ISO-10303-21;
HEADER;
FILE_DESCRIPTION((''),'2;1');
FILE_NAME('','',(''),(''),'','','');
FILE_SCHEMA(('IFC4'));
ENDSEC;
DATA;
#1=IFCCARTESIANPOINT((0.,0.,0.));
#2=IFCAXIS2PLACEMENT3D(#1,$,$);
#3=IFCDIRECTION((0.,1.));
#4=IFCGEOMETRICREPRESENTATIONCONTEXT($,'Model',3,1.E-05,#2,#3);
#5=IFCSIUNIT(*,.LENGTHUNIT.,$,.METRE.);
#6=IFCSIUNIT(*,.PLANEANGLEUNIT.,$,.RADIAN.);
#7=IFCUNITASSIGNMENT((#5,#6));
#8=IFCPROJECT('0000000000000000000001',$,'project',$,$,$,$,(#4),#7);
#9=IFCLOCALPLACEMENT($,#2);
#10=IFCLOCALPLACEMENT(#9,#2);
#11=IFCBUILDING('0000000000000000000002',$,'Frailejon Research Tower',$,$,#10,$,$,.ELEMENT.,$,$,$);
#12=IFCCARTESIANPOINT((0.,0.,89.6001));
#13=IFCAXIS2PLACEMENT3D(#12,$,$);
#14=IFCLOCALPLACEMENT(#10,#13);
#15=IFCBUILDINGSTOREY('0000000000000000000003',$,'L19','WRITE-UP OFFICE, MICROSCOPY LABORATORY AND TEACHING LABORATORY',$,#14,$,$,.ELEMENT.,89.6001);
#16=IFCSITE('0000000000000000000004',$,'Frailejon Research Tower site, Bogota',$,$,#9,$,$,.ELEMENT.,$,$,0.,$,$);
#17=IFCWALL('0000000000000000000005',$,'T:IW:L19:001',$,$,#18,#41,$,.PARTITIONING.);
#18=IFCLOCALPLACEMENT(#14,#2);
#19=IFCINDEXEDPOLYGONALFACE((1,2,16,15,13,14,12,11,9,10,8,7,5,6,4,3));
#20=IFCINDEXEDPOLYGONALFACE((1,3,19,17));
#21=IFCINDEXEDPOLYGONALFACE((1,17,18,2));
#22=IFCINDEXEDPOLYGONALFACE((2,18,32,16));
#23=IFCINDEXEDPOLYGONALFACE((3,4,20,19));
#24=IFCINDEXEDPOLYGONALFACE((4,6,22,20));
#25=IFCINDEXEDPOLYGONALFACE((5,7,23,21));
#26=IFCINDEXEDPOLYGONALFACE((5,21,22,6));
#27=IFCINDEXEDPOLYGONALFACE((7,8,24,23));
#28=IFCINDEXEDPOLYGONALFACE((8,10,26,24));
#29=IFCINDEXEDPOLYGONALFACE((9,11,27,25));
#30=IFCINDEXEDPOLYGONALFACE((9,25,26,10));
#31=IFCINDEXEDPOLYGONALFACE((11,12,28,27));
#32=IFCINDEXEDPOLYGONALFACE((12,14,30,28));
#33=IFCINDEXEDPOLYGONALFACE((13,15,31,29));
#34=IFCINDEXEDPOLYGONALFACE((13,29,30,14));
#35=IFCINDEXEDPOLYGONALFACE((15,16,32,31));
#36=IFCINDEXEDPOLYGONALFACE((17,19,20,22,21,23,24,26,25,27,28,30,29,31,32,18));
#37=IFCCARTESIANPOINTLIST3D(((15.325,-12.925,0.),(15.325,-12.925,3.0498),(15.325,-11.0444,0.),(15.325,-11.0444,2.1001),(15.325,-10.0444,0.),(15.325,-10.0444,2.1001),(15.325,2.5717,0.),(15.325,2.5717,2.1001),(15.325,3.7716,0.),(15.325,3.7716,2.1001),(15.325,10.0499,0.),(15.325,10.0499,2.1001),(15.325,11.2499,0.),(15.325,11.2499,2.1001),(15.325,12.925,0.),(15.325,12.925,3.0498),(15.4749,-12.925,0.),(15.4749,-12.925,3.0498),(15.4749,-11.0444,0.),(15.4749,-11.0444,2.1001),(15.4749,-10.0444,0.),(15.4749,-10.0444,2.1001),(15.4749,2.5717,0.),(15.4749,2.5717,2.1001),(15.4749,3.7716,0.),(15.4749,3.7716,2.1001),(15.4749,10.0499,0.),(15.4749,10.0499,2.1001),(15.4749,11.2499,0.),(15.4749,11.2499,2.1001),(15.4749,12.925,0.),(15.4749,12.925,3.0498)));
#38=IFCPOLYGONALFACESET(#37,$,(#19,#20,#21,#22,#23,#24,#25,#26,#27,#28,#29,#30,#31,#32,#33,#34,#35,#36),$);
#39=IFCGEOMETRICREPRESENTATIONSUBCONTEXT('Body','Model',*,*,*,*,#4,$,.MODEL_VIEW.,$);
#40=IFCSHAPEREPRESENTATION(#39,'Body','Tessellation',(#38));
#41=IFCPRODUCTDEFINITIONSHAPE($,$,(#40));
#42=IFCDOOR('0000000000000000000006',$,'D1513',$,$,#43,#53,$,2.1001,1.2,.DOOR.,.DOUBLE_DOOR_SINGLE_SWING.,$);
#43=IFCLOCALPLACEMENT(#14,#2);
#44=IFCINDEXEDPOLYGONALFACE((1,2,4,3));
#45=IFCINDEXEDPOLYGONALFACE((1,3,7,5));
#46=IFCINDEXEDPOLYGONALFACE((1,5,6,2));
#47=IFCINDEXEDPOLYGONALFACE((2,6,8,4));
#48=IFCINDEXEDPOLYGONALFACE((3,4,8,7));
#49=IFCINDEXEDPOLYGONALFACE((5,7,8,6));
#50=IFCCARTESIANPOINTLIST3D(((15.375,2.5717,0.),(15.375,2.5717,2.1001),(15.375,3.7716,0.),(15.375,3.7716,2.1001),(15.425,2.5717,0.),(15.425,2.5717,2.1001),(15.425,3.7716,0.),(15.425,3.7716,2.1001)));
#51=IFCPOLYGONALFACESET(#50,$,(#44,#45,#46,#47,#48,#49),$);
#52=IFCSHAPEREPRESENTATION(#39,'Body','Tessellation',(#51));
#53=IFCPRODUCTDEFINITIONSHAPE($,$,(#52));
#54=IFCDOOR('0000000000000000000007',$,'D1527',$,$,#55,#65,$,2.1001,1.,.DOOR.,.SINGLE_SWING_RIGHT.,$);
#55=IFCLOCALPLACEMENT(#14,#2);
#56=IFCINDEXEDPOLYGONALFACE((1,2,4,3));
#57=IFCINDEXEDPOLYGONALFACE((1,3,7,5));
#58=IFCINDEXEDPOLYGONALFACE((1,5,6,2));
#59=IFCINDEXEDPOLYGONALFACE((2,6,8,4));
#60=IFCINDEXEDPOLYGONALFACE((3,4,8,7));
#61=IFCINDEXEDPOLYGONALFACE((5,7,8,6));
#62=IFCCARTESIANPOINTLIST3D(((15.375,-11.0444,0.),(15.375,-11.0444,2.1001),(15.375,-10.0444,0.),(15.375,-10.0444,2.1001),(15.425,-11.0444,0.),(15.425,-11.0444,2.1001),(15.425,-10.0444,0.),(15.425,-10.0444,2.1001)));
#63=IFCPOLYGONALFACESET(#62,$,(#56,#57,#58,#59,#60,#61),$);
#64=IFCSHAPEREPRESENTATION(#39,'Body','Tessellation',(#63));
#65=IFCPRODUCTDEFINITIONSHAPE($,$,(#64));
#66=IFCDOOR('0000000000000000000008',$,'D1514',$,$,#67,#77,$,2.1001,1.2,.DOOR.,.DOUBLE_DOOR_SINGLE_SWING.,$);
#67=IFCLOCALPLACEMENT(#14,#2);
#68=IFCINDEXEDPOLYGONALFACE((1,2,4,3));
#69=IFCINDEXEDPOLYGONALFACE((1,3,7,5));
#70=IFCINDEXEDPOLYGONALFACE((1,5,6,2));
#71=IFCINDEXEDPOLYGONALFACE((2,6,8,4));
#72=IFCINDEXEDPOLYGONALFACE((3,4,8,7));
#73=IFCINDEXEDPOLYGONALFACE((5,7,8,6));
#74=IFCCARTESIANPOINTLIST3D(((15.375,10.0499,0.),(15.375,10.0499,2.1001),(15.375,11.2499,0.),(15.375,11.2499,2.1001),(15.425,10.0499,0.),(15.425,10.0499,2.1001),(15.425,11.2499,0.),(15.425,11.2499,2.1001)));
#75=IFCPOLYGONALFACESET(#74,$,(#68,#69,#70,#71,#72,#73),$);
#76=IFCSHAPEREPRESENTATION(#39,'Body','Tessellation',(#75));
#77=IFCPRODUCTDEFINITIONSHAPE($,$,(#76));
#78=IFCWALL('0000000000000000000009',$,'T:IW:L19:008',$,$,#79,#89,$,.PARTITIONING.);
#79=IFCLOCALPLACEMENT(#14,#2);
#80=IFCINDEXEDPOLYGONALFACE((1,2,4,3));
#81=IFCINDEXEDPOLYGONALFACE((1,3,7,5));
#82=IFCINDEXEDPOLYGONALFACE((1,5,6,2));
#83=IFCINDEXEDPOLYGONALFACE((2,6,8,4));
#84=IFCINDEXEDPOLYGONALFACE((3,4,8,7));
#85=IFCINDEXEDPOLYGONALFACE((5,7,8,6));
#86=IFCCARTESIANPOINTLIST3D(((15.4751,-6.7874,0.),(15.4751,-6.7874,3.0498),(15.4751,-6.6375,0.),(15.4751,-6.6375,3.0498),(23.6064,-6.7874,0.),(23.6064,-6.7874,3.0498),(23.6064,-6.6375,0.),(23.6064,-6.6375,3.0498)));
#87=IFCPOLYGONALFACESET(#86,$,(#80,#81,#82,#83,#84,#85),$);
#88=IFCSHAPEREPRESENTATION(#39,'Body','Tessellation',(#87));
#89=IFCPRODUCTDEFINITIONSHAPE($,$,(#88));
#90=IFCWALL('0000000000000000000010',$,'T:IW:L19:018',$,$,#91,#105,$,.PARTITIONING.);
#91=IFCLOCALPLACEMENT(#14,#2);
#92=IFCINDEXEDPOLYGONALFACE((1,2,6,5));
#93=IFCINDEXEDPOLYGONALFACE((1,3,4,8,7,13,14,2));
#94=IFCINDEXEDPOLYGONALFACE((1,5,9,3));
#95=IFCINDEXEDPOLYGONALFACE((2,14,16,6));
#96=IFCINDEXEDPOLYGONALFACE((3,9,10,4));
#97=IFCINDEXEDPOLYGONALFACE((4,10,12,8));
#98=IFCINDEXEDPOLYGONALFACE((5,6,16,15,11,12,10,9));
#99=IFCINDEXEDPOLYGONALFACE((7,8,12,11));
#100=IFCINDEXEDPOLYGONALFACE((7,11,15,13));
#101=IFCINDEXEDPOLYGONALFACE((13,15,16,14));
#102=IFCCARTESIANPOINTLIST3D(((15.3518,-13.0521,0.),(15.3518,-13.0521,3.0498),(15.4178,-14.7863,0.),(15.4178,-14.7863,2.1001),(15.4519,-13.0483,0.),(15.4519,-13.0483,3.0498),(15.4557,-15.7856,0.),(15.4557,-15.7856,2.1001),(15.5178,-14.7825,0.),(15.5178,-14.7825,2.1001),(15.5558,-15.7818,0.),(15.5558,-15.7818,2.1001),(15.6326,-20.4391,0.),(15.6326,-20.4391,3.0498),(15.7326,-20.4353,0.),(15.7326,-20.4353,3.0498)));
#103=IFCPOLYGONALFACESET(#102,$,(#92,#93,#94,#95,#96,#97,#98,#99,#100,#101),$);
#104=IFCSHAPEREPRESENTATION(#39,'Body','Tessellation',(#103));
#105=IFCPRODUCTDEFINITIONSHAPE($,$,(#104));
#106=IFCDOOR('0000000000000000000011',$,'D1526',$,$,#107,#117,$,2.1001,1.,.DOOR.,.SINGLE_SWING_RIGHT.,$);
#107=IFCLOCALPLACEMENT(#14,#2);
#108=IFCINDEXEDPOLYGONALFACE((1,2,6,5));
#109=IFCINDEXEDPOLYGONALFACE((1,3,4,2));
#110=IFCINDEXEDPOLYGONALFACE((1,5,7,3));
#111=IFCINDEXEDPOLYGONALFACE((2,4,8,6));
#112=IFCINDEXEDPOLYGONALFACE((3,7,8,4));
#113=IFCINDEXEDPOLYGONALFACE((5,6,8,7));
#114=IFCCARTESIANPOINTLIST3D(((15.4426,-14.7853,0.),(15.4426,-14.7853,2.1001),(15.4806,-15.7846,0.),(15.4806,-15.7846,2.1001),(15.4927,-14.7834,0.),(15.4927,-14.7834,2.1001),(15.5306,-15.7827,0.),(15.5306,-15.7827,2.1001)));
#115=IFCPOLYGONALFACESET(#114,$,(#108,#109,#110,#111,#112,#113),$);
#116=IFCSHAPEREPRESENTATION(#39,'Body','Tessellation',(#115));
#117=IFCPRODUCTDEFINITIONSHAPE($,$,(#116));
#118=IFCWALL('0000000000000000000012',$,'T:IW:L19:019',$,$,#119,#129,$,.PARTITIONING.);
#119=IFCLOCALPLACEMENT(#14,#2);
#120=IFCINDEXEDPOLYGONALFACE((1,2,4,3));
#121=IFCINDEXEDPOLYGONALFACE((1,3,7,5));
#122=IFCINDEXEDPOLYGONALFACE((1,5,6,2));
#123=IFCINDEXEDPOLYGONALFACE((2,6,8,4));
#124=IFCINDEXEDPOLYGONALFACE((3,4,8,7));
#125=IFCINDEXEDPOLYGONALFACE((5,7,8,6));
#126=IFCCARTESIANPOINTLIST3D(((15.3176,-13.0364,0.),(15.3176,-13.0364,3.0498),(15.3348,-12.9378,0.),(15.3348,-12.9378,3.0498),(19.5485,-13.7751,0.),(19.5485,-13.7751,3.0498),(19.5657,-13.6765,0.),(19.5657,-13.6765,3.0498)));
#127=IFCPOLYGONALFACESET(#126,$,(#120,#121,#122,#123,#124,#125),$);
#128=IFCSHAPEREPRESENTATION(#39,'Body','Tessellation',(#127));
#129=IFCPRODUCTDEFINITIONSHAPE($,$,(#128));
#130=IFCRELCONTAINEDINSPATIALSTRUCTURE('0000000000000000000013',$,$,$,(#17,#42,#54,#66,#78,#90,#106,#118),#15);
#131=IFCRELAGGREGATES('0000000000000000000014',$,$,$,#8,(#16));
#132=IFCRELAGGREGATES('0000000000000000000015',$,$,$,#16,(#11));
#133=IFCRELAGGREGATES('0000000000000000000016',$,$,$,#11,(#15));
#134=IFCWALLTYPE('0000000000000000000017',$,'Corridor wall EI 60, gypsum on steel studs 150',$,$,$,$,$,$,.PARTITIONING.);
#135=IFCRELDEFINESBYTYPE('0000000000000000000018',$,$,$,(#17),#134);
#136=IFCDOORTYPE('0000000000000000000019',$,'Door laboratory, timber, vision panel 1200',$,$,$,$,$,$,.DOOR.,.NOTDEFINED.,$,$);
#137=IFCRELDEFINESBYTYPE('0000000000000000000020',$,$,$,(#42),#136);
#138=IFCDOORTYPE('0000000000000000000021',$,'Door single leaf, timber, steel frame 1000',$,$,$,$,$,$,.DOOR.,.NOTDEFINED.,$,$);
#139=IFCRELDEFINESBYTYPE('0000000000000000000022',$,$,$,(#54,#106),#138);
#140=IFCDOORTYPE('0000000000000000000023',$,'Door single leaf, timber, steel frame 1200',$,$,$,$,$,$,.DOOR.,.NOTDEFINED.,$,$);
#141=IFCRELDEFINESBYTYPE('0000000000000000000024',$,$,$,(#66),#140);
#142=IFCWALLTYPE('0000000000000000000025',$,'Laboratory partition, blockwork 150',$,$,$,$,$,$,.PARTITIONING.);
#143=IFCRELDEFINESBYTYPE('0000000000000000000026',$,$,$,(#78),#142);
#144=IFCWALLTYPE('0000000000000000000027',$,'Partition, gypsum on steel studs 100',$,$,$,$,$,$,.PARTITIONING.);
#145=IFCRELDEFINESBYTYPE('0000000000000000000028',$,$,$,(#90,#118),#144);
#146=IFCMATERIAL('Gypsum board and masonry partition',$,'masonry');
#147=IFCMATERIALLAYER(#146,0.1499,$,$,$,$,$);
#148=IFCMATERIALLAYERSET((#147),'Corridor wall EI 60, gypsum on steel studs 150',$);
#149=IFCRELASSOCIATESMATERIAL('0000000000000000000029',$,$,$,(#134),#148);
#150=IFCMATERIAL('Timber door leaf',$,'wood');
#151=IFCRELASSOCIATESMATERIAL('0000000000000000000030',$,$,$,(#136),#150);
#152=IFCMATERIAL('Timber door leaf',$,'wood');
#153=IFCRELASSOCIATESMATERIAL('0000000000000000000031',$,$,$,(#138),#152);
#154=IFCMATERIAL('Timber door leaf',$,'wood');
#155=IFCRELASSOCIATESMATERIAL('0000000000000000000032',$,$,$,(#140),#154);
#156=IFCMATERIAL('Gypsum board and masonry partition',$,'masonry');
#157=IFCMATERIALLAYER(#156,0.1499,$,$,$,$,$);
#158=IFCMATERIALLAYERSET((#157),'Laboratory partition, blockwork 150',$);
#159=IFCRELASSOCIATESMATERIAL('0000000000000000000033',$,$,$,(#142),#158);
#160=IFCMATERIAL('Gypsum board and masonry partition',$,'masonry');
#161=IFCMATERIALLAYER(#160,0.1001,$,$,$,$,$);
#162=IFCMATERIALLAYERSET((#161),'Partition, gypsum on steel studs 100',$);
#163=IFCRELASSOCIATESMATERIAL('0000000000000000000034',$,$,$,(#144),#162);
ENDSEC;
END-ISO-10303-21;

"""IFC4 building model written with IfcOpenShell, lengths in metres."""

from ifc_helpers import new_model, si_unit, direction, frame, frame_2d, origin, place, context, subcontext, project, spatial, rectangle, extrude, material, layer, layer_set, type_object, element, fill, save


model = new_model("IFC4")

# Units and contexts
model_context = context("Model", 3, precision=1e-05, world=origin(), true_north=direction((0.0, 1.0)))
body_context = subcontext(model_context, "Body", "Model", "MODEL_VIEW")
ifc_project = project(units=[si_unit("LENGTHUNIT", "METRE"), si_unit("PLANEANGLEUNIT", "RADIAN")], contexts=[model_context])

# Site, building, storey
site_placement = place(None, origin())
site = spatial("IfcSite", under=ifc_project, at=site_placement, Name="Frailejon Research Tower site, Bogota", CompositionType="ELEMENT", RefElevation=0.0)
building_placement = place(site_placement, origin())
building = spatial("IfcBuilding", under=site, at=building_placement, Name="Frailejon Research Tower", CompositionType="ELEMENT")
storey_placement = place(building_placement, frame((0.0, 0.0, 89.6001)))
storey = spatial("IfcBuildingStorey", under=building, at=storey_placement, Name="L19", Description="WRITE-UP OFFICE, MICROSCOPY LABORATORY AND TEACHING LABORATORY", CompositionType="ELEMENT", Elevation=89.6001)

# Wall, openings, doors
ifc_material_1 = material(Name="Gypsum board and masonry partition", Category="masonry")
ifc_layer_1 = layer(ifc_material_1, 0.1499)
ifc_layer_set_1 = layer_set([ifc_layer_1], Name="Corridor wall EI 60, gypsum on steel studs 150")
wall_type_1 = type_object("IfcWallType", Name="Corridor wall EI 60, gypsum on steel studs 150", PredefinedType="PARTITIONING", material=ifc_layer_set_1)
wall_1_placement = place(storey_placement, frame((15.3999, -12.925, 0.0), z_axis=(0.0, 0.0, 1.0), x_axis=(0.0, 1.0, 0.0)))
wall_1 = element("IfcWall", 1, at=wall_1_placement, inside=storey, type_object=wall_type_1, Name="T:IW:L19:001", PredefinedType="PARTITIONING", context=body_context, shape_type="SweptSolid", body=[
    extrude(rectangle(XDim=25.8501, YDim=0.1499, at=frame_2d((12.925, 0.0))), origin(), (0.0, 0.0, 1.0), 3.0498),
])
opening_1_placement = place(wall_1_placement, frame((15.4966, 0.0, 0.0)))
opening_1 = element("IfcOpeningElement", 2, at=opening_1_placement, cuts=wall_1, PredefinedType="OPENING", context=body_context, shape_type="SweptSolid", body=[
    extrude(rectangle(XDim=1.2, YDim=2.1001, at=frame_2d((0.6001, 1.05))), frame((0.0, 0.085, 0.0), z_axis=(0.0, -1.0, 0.0), x_axis=(1.0, 0.0, 0.0)), (0.0, 0.0, 1.0), 0.1699),
])
opening_2_placement = place(wall_1_placement, frame((22.9749, 0.0, 0.0)))
opening_2 = element("IfcOpeningElement", 3, at=opening_2_placement, cuts=wall_1, PredefinedType="OPENING", context=body_context, shape_type="SweptSolid", body=[
    extrude(rectangle(XDim=1.2, YDim=2.1001, at=frame_2d((0.6001, 1.05))), frame((0.0, 0.085, 0.0), z_axis=(0.0, -1.0, 0.0), x_axis=(1.0, 0.0, 0.0)), (0.0, 0.0, 1.0), 0.1699),
])
opening_3_placement = place(wall_1_placement, frame((1.8806, 0.0, 0.0)))
opening_3 = element("IfcOpeningElement", 4, at=opening_3_placement, cuts=wall_1, PredefinedType="OPENING", context=body_context, shape_type="SweptSolid", body=[
    extrude(rectangle(XDim=1.0, YDim=2.1001, at=frame_2d((0.5, 1.05))), frame((0.0, 0.085, 0.0), z_axis=(0.0, -1.0, 0.0), x_axis=(1.0, 0.0, 0.0)), (0.0, 0.0, 1.0), 0.1699),
])
ifc_material_2 = material(Name="Timber door leaf", Category="wood")
door_type_1 = type_object("IfcDoorType", Name="Door laboratory, timber, vision panel 1200", OperationType="NOTDEFINED", PredefinedType="DOOR", material=ifc_material_2)
door_1_placement = place(opening_1_placement, origin())
door_1 = element("IfcDoor", 5, at=door_1_placement, inside=storey, type_object=door_type_1, Name="D1513", OperationType="DOUBLE_DOOR_SINGLE_SWING", OverallHeight=2.1001, OverallWidth=1.2, PredefinedType="DOOR", context=body_context, shape_type="SweptSolid", body=[
    extrude(rectangle(XDim=1.2, YDim=2.1001, at=frame_2d((0.6001, 1.05))), frame((0.0, 0.0249, 0.0), z_axis=(0.0, -1.0, 0.0), x_axis=(1.0, 0.0, 0.0)), (0.0, 0.0, 1.0), 0.05),
])
fill(opening_1, door_1)
ifc_material_3 = material(Name="Timber door leaf", Category="wood")
door_type_2 = type_object("IfcDoorType", Name="Door single leaf, timber, steel frame 1000", OperationType="NOTDEFINED", PredefinedType="DOOR", material=ifc_material_3)
door_2_placement = place(opening_3_placement, origin())
door_2 = element("IfcDoor", 6, at=door_2_placement, inside=storey, type_object=door_type_2, Name="D1527", OperationType="SINGLE_SWING_RIGHT", OverallHeight=2.1001, OverallWidth=1.0, PredefinedType="DOOR", context=body_context, shape_type="SweptSolid", body=[
    extrude(rectangle(XDim=1.0, YDim=2.1001, at=frame_2d((0.5, 1.05))), frame((0.0, 0.0249, 0.0), z_axis=(0.0, -1.0, 0.0), x_axis=(1.0, 0.0, 0.0)), (0.0, 0.0, 1.0), 0.05),
])
fill(opening_3, door_2)
ifc_material_4 = material(Name="Timber door leaf", Category="wood")
door_type_3 = type_object("IfcDoorType", Name="Door single leaf, timber, steel frame 1200", OperationType="NOTDEFINED", PredefinedType="DOOR", material=ifc_material_4)
door_3_placement = place(opening_2_placement, origin())
door_3 = element("IfcDoor", 7, at=door_3_placement, inside=storey, type_object=door_type_3, Name="D1514", OperationType="DOUBLE_DOOR_SINGLE_SWING", OverallHeight=2.1001, OverallWidth=1.2, PredefinedType="DOOR", context=body_context, shape_type="SweptSolid", body=[
    extrude(rectangle(XDim=1.2, YDim=2.1001, at=frame_2d((0.6001, 1.05))), frame((0.0, 0.0249, 0.0), z_axis=(0.0, -1.0, 0.0), x_axis=(1.0, 0.0, 0.0)), (0.0, 0.0, 1.0), 0.05),
])
fill(opening_2, door_3)

# Wall
ifc_material_5 = material(Name="Gypsum board and masonry partition", Category="masonry")
ifc_layer_2 = layer(ifc_material_5, 0.1499)
ifc_layer_set_2 = layer_set([ifc_layer_2], Name="Laboratory partition, blockwork 150")
wall_type_2 = type_object("IfcWallType", Name="Laboratory partition, blockwork 150", PredefinedType="PARTITIONING", material=ifc_layer_set_2)
wall_2_placement = place(storey_placement, frame((15.4751, -6.7124, 0.0), z_axis=(0.0, 0.0, 1.0), x_axis=(1.0, 0.0, 0.0)))
element("IfcWall", 8, at=wall_2_placement, inside=storey, type_object=wall_type_2, Name="T:IW:L19:008", PredefinedType="PARTITIONING", context=body_context, shape_type="SweptSolid", body=[
    extrude(rectangle(XDim=8.1313, YDim=0.1499, at=frame_2d((4.0657, 0.0))), origin(), (0.0, 0.0, 1.0), 3.0498),
])

# Wall, opening, door
ifc_material_6 = material(Name="Gypsum board and masonry partition", Category="masonry")
ifc_layer_3 = layer(ifc_material_6, 0.1001)
ifc_layer_set_3 = layer_set([ifc_layer_3], Name="Partition, gypsum on steel studs 100")
wall_type_3 = type_object("IfcWallType", Name="Partition, gypsum on steel studs 100", PredefinedType="PARTITIONING", material=ifc_layer_set_3)
wall_3_placement = place(storey_placement, frame((15.4019, -13.05, 0.0), z_axis=(0.0, 0.0, 1.0), x_axis=(0.03798, -0.999278, 0.0)))
wall_3 = element("IfcWall", 9, at=wall_3_placement, inside=storey, type_object=wall_type_3, Name="T:IW:L19:018", PredefinedType="PARTITIONING", context=body_context, shape_type="SweptSolid", body=[
    extrude(rectangle(XDim=7.3923, YDim=0.1001, at=frame_2d((3.6963, 0.0))), origin(), (0.0, 0.0, 1.0), 3.0498),
])
opening_4_placement = place(wall_3_placement, frame((1.7356, 0.0, 0.0)))
opening_4 = element("IfcOpeningElement", 10, at=opening_4_placement, cuts=wall_3, PredefinedType="OPENING", context=body_context, shape_type="SweptSolid", body=[
    extrude(rectangle(XDim=1.0, YDim=2.1001, at=frame_2d((0.5, 1.05))), frame((0.0, 0.0601, 0.0), z_axis=(0.0, -1.0, 0.0), x_axis=(1.0, 0.0, 0.0)), (0.0, 0.0, 1.0), 0.1201),
])
door_4_placement = place(opening_4_placement, origin())
door_4 = element("IfcDoor", 11, at=door_4_placement, inside=storey, type_object=door_type_2, Name="D1526", OperationType="SINGLE_SWING_RIGHT", OverallHeight=2.1001, OverallWidth=1.0, PredefinedType="DOOR", context=body_context, shape_type="SweptSolid", body=[
    extrude(rectangle(XDim=1.0, YDim=2.1001, at=frame_2d((0.5, 1.05))), frame((0.0, 0.0249, 0.0), z_axis=(0.0, -1.0, 0.0), x_axis=(1.0, 0.0, 0.0)), (0.0, 0.0, 1.0), 0.05),
])
fill(opening_4, door_4)

# Wall
wall_4_placement = place(storey_placement, frame((15.3262, -12.9871, 0.0), z_axis=(0.0, 0.0, 1.0), x_axis=(0.985096, -0.172008, 0.0)))
element("IfcWall", 12, at=wall_4_placement, inside=storey, type_object=wall_type_3, Name="T:IW:L19:019", PredefinedType="PARTITIONING", context=body_context, shape_type="SweptSolid", body=[
    extrude(rectangle(XDim=4.2949, YDim=0.1001, at=frame_2d((2.1475, 0.0))), origin(), (0.0, 0.0, 1.0), 3.0498),
])

save(model, "model.ifc")
